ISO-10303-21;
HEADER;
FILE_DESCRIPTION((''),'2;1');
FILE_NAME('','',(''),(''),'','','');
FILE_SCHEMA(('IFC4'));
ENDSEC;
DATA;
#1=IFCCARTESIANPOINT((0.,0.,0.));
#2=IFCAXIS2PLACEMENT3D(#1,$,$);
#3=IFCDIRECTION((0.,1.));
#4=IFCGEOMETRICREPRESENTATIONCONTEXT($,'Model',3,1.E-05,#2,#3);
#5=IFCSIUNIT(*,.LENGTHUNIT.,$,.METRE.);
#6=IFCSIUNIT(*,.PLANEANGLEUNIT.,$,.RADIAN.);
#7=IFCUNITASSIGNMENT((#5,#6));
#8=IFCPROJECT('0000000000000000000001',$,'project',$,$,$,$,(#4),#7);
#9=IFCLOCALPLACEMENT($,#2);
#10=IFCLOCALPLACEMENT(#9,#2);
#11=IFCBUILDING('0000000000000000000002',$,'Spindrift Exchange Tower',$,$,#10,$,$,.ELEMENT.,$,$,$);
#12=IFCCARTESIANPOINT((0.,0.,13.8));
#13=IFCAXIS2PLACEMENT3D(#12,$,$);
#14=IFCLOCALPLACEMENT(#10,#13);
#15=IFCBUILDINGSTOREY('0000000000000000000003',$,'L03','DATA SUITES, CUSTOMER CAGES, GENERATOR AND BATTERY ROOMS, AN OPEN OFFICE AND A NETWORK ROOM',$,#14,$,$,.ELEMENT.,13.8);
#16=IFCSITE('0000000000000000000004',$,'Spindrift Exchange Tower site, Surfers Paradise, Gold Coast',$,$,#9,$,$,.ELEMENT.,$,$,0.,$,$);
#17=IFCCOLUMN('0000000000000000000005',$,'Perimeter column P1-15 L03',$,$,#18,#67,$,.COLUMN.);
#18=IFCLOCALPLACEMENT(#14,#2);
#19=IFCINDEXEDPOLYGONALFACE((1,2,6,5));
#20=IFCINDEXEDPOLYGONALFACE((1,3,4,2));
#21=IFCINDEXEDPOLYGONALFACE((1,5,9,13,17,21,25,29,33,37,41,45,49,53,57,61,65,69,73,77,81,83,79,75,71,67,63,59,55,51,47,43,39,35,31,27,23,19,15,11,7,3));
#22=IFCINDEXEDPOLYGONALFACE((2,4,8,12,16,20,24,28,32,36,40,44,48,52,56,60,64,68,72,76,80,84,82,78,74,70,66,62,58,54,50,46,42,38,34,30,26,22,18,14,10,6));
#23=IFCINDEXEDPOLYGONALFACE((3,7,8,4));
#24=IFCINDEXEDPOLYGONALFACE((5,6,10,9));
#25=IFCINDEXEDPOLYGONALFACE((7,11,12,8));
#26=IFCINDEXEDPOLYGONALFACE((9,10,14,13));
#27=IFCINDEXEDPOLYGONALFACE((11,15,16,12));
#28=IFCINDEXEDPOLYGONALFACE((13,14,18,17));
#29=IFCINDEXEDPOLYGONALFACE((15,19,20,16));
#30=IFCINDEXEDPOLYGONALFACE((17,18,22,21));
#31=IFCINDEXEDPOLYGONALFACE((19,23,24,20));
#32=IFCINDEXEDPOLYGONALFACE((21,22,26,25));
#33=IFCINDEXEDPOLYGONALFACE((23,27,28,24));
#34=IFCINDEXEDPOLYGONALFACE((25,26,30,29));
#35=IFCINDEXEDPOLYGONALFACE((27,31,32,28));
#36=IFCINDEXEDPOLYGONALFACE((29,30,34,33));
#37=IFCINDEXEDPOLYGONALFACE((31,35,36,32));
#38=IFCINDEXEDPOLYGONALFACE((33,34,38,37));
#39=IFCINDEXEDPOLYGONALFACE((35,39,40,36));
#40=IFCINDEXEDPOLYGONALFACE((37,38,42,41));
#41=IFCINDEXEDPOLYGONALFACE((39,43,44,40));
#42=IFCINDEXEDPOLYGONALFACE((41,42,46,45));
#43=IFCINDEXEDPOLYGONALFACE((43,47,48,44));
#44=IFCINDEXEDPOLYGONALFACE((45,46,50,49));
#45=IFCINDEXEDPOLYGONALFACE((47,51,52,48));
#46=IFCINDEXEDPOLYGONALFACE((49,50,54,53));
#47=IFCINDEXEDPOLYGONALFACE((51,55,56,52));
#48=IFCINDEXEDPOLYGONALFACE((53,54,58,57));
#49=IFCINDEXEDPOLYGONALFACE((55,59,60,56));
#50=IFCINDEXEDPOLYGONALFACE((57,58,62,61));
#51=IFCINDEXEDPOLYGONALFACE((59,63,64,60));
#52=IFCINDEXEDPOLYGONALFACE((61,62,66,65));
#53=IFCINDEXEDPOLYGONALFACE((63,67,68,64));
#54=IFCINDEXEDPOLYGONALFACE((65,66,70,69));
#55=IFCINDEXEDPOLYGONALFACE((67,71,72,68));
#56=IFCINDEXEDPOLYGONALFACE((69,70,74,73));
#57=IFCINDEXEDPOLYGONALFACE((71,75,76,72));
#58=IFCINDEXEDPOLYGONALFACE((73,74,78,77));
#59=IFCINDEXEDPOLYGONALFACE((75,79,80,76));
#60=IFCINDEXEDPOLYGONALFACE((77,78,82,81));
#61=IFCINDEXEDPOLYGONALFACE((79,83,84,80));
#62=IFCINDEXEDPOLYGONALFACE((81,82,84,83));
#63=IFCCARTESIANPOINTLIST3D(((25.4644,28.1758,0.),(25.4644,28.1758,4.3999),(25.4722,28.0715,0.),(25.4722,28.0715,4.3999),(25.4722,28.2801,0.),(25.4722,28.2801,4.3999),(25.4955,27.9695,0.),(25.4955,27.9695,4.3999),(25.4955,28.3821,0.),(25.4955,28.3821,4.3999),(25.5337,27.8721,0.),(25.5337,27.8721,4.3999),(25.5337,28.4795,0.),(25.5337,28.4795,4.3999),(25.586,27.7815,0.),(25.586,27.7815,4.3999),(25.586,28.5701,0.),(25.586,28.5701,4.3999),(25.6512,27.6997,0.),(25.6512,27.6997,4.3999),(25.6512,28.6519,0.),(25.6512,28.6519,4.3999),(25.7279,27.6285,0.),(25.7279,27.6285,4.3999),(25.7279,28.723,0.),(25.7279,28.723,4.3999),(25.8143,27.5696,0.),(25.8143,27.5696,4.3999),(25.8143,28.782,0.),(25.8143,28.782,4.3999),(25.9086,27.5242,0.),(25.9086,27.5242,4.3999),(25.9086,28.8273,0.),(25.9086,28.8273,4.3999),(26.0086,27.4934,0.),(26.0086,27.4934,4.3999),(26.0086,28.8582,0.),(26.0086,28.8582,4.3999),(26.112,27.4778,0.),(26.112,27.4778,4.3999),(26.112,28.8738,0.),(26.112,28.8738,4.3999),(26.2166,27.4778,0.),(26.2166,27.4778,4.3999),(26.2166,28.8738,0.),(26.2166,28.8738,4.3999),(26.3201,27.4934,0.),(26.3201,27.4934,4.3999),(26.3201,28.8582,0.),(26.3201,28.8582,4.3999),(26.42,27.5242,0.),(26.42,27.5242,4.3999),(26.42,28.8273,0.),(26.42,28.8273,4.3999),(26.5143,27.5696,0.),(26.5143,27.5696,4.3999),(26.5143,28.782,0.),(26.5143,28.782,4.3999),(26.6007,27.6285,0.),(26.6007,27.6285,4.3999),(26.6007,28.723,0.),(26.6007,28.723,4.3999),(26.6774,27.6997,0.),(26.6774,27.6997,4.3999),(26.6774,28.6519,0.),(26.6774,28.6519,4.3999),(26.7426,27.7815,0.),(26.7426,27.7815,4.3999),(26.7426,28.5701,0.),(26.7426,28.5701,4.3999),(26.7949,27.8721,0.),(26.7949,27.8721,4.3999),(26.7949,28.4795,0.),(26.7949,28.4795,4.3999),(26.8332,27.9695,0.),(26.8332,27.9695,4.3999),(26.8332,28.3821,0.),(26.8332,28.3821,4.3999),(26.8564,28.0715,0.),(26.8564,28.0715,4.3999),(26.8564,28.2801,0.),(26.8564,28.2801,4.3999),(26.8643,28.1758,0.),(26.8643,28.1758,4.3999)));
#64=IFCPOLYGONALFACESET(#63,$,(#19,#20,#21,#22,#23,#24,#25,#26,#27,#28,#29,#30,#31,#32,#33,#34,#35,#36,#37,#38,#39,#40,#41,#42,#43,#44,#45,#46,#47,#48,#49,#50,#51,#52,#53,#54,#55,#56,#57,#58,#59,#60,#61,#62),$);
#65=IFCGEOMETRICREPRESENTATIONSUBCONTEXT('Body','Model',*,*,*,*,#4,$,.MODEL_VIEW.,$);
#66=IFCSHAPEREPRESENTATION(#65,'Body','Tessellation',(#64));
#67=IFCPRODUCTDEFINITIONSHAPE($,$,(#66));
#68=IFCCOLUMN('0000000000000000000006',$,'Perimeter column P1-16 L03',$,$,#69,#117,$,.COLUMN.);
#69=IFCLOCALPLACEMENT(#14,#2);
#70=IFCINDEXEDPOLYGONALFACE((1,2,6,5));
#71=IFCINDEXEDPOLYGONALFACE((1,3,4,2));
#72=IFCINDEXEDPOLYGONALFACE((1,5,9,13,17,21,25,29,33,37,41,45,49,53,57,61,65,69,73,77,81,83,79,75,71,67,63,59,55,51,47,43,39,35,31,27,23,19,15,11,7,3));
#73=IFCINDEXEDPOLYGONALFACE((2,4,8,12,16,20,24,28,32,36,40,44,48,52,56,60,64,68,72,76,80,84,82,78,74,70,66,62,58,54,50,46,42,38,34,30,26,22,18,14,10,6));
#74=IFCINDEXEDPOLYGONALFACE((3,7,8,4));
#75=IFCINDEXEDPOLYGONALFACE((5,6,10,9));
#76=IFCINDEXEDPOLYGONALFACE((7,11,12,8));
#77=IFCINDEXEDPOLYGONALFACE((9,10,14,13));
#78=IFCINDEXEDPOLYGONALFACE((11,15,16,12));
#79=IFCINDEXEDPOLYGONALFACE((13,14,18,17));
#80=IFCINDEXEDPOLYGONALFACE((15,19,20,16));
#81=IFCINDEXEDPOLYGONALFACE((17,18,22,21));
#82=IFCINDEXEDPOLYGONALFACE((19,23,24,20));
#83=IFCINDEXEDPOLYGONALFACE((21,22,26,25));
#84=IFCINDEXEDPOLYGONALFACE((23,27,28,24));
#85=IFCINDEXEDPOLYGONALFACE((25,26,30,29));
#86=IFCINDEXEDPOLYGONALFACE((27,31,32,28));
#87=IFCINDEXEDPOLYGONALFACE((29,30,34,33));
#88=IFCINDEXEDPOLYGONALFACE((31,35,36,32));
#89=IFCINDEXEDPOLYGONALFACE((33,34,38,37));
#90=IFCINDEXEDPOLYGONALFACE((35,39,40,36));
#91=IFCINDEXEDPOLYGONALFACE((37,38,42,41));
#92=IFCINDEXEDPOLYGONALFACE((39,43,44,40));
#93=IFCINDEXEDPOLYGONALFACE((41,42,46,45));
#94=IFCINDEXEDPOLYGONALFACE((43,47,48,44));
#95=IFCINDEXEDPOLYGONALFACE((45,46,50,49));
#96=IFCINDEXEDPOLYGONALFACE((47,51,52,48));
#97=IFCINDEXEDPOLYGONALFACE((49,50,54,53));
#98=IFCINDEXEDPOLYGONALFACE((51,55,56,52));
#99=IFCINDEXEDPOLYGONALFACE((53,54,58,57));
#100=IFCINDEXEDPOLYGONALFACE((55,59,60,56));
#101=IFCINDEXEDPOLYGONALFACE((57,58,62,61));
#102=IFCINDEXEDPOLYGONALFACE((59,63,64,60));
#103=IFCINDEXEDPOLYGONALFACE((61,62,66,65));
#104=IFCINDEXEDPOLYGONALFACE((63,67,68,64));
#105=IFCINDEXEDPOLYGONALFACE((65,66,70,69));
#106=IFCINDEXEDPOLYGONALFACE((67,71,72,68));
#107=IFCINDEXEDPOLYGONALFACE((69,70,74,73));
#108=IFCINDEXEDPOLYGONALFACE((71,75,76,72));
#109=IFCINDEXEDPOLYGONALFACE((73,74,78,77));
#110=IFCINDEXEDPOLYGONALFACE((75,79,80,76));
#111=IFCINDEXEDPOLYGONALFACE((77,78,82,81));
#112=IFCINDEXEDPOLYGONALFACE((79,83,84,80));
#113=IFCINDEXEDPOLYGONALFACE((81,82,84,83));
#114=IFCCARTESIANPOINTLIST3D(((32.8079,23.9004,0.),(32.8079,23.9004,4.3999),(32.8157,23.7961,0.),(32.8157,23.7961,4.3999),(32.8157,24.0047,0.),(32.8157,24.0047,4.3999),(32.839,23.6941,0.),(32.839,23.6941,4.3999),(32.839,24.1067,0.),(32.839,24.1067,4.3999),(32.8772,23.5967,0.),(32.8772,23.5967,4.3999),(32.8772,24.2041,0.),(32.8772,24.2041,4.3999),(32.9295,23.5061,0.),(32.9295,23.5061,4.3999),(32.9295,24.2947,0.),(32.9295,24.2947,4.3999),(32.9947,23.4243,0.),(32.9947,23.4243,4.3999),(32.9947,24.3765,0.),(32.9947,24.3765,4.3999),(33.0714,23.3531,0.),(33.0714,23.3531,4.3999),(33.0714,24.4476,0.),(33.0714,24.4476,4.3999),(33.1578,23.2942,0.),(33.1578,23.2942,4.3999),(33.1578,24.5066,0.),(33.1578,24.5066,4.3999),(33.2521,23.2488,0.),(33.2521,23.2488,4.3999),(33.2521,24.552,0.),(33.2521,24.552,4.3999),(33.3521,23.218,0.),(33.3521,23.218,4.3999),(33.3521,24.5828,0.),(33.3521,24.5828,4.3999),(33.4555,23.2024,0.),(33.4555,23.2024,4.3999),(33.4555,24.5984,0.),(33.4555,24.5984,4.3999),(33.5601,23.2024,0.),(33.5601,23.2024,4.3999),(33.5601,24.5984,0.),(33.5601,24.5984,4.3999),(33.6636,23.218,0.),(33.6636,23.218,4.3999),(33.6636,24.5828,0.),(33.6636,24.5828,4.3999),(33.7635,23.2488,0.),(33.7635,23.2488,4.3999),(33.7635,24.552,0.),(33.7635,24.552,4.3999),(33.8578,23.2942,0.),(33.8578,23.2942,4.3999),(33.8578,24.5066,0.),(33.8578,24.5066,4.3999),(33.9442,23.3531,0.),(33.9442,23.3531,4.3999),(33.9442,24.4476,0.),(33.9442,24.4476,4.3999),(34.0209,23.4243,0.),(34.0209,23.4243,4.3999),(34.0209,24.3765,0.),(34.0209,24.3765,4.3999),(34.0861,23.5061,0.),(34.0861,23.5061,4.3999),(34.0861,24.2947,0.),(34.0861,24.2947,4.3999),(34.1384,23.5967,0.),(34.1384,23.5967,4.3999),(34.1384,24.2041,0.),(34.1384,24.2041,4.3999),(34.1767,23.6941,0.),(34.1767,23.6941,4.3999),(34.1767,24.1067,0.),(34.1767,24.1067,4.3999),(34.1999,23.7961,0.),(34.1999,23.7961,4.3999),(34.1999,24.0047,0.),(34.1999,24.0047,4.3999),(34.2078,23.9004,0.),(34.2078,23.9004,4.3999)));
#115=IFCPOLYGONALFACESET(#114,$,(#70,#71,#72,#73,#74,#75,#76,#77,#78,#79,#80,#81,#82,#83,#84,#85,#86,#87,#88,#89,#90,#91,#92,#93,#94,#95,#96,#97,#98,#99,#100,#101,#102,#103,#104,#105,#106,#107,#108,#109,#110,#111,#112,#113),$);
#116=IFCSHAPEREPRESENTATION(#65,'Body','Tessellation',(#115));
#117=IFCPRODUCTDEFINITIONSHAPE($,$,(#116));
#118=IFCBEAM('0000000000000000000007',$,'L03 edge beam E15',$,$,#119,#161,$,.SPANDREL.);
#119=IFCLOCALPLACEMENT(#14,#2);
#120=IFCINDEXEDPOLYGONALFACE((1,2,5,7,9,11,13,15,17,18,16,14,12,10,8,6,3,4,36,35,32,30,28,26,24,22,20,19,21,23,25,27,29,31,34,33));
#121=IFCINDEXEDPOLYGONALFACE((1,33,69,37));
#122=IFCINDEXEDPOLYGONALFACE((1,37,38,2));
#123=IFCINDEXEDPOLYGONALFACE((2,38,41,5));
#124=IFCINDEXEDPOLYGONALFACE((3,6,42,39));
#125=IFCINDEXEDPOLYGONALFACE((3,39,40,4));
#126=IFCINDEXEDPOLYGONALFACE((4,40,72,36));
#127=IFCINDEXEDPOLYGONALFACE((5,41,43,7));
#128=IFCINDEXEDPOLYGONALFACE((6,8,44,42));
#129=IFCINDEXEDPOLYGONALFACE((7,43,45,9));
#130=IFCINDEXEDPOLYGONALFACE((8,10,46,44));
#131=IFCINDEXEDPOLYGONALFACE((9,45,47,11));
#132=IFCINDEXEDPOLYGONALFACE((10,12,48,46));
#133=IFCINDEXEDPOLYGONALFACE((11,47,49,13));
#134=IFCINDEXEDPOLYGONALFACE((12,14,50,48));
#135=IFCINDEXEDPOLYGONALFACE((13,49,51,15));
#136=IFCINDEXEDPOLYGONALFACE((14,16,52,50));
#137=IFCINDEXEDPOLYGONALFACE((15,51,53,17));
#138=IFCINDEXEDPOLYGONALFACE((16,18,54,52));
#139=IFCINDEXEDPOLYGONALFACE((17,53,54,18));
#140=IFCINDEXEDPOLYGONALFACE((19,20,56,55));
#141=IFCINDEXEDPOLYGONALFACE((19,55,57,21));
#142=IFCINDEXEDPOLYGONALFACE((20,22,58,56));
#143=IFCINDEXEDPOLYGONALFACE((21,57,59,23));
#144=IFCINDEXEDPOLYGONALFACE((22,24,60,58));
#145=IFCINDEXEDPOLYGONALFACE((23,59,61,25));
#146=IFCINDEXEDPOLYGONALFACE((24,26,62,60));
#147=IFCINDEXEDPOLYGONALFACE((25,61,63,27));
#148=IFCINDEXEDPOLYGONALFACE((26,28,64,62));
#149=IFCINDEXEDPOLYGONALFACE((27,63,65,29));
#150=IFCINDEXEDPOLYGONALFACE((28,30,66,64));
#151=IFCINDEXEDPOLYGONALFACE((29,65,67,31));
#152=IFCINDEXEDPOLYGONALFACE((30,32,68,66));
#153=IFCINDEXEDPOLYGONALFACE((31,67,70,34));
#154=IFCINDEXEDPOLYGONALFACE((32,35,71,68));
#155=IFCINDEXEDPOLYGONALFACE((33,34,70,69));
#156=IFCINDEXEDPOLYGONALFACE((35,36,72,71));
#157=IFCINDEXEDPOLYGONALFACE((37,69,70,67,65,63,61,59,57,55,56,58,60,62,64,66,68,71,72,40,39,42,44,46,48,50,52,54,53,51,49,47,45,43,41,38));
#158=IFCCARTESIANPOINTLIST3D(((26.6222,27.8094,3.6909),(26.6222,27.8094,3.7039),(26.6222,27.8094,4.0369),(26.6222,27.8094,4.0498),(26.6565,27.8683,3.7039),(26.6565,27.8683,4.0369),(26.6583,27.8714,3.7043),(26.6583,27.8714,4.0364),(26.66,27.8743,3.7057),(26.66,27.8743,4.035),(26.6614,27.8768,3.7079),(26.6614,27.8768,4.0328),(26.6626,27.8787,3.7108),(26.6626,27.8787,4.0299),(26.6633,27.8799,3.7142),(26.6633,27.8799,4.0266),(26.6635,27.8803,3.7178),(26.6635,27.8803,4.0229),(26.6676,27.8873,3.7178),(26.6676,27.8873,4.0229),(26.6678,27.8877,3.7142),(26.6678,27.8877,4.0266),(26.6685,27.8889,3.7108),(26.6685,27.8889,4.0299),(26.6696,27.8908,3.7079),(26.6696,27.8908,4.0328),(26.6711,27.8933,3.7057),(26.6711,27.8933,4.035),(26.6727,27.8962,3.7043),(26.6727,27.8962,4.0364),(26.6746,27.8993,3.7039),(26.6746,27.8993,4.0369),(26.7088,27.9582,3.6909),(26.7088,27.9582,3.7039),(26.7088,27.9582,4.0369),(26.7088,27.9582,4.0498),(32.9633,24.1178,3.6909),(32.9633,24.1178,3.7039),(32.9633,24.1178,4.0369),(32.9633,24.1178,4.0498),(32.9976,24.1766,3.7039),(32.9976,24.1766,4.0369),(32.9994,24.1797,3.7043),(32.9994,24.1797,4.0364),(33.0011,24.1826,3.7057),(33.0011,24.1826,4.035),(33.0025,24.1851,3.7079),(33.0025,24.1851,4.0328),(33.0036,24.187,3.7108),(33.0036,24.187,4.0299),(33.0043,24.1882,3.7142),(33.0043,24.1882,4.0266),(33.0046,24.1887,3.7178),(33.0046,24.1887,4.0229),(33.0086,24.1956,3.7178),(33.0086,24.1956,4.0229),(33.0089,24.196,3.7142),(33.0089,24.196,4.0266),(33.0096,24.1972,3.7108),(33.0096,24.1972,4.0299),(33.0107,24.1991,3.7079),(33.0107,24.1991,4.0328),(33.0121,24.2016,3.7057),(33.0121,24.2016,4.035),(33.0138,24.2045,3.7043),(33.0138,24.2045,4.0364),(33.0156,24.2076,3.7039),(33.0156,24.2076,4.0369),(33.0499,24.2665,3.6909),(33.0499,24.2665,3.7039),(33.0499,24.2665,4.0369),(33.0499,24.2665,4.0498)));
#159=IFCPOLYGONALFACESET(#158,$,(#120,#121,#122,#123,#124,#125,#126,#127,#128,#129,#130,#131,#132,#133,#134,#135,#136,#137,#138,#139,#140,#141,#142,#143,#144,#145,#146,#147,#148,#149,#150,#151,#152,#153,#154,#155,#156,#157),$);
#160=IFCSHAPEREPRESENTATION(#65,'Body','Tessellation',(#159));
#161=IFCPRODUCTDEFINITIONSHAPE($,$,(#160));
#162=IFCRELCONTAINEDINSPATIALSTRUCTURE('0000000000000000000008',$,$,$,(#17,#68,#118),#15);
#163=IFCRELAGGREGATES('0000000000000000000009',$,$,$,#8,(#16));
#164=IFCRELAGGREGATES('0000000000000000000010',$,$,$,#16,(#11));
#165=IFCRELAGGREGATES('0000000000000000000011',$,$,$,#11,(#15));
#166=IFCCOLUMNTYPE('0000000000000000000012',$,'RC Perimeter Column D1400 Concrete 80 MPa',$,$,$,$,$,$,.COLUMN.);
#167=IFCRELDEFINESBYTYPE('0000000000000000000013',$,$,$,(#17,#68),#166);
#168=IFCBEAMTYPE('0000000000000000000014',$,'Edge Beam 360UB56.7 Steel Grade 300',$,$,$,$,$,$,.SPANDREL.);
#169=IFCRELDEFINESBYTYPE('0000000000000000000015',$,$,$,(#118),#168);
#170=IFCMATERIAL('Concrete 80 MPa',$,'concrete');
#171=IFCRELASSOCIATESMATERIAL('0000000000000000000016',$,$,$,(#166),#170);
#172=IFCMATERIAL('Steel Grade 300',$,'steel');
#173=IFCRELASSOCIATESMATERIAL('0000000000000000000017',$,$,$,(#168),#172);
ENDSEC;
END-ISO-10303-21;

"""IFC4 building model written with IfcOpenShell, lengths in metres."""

from ifc_helpers import new_model, si_unit, direction, frame, origin, origin_2d, place, context, subcontext, project, spatial, circle, i_section, extrude, source, transform, mapped, material, material_profile, profile_set, type_object, element, save


model = new_model("IFC4")

# Units and contexts
model_context = context("Model", 3, precision=1e-05, world=origin(), true_north=direction((0.0, 1.0)))
body_context = subcontext(model_context, "Body", "Model", "MODEL_VIEW")
ifc_project = project(units=[si_unit("LENGTHUNIT", "METRE"), si_unit("PLANEANGLEUNIT", "RADIAN")], contexts=[model_context])

# Site, building, storey
site_placement = place(None, origin())
site = spatial("IfcSite", under=ifc_project, at=site_placement, Name="Spindrift Exchange Tower site, Surfers Paradise, Gold Coast", CompositionType="ELEMENT", RefElevation=0.0)
building_placement = place(site_placement, origin())
building = spatial("IfcBuilding", under=site, at=building_placement, Name="Spindrift Exchange Tower", CompositionType="ELEMENT")
storey_placement = place(building_placement, frame((0.0, 0.0, 13.8)))
storey = spatial("IfcBuildingStorey", under=building, at=storey_placement, Name="L03", Description="DATA SUITES, CUSTOMER CAGES, GENERATOR AND BATTERY ROOMS, AN OPEN OFFICE AND A NETWORK ROOM", CompositionType="ELEMENT", Elevation=13.8)

# Columns
ifc_material_1 = material(Name="Concrete 80 MPa", Category="concrete")
ifc_material_profile_1 = material_profile(ifc_material_1, circle(Radius=0.7, at=origin_2d()), Name="RC D1400")
ifc_profile_set_1 = profile_set([ifc_material_profile_1], Name="Concrete 80 MPa")
column_type = type_object("IfcColumnType", Name="RC Perimeter Column D1400 Concrete 80 MPa", PredefinedType="COLUMN", material=ifc_profile_set_1)
shared_shape_1 = source(origin(), body_context, "Body", "SweptSolid", [
    extrude(circle(Radius=0.7, at=origin_2d()), origin(), (0.0, 0.0, 1.0), 4.3999),
])
for number, where, z_axis, x_axis, name in (
    (1, (26.1643, 28.1758, 0.0), (0.0, 0.0, 1.0), (1.0, 0.0, 0.0), "Perimeter column P1-15 L03"),
    (2, (33.5078, 23.9004, 0.0), (0.0, 0.0, 1.0), (1.0, 0.0, 0.0), "Perimeter column P1-16 L03"),
):
    element("IfcColumn", number, at=place(storey_placement, frame(where, z_axis=z_axis, x_axis=x_axis)), inside=storey, type_object=column_type, Name=name, PredefinedType="COLUMN", context=body_context, shape_type="MappedRepresentation", body=[
        mapped(shared_shape_1, transform((0.0, 0.0, 0.0), scale=1.0)),
    ])

# Beam
ifc_material_2 = material(Name="Steel Grade 300", Category="steel")
ifc_material_profile_2 = material_profile(ifc_material_2, i_section(OverallWidth=0.1721, OverallDepth=0.3589, WebThickness=0.0081, FlangeThickness=0.0129, FilletRadius=0.0139, at=origin_2d()), Name="360UB56.7")
ifc_profile_set_2 = profile_set([ifc_material_profile_2], Name="Steel Grade 300")
beam_type = type_object("IfcBeamType", Name="Edge Beam 360UB56.7 Steel Grade 300", PredefinedType="SPANDREL", material=ifc_profile_set_2)
shared_shape_2 = source(origin(), body_context, "Body", "SweptSolid", [
    extrude(i_section(OverallWidth=0.1721, OverallDepth=0.3589, WebThickness=0.0081, FlangeThickness=0.0129, FilletRadius=0.0139, at=origin_2d()), origin(), (0.0, 0.0, 1.0), 7.3374),
])
beam_1_placement = place(storey_placement, frame((26.6655, 27.8838, 3.8704), z_axis=(0.864212, -0.503128, 0.0), x_axis=(0.503128, 0.864212, 0.0)))
element("IfcBeam", 3, at=beam_1_placement, inside=storey, type_object=beam_type, Name="L03 edge beam E15", PredefinedType="SPANDREL", context=body_context, shape_type="MappedRepresentation", body=[
    mapped(shared_shape_2, transform((0.0, 0.0, 0.0), scale=1.0)),
])

save(model, "model.ifc")
